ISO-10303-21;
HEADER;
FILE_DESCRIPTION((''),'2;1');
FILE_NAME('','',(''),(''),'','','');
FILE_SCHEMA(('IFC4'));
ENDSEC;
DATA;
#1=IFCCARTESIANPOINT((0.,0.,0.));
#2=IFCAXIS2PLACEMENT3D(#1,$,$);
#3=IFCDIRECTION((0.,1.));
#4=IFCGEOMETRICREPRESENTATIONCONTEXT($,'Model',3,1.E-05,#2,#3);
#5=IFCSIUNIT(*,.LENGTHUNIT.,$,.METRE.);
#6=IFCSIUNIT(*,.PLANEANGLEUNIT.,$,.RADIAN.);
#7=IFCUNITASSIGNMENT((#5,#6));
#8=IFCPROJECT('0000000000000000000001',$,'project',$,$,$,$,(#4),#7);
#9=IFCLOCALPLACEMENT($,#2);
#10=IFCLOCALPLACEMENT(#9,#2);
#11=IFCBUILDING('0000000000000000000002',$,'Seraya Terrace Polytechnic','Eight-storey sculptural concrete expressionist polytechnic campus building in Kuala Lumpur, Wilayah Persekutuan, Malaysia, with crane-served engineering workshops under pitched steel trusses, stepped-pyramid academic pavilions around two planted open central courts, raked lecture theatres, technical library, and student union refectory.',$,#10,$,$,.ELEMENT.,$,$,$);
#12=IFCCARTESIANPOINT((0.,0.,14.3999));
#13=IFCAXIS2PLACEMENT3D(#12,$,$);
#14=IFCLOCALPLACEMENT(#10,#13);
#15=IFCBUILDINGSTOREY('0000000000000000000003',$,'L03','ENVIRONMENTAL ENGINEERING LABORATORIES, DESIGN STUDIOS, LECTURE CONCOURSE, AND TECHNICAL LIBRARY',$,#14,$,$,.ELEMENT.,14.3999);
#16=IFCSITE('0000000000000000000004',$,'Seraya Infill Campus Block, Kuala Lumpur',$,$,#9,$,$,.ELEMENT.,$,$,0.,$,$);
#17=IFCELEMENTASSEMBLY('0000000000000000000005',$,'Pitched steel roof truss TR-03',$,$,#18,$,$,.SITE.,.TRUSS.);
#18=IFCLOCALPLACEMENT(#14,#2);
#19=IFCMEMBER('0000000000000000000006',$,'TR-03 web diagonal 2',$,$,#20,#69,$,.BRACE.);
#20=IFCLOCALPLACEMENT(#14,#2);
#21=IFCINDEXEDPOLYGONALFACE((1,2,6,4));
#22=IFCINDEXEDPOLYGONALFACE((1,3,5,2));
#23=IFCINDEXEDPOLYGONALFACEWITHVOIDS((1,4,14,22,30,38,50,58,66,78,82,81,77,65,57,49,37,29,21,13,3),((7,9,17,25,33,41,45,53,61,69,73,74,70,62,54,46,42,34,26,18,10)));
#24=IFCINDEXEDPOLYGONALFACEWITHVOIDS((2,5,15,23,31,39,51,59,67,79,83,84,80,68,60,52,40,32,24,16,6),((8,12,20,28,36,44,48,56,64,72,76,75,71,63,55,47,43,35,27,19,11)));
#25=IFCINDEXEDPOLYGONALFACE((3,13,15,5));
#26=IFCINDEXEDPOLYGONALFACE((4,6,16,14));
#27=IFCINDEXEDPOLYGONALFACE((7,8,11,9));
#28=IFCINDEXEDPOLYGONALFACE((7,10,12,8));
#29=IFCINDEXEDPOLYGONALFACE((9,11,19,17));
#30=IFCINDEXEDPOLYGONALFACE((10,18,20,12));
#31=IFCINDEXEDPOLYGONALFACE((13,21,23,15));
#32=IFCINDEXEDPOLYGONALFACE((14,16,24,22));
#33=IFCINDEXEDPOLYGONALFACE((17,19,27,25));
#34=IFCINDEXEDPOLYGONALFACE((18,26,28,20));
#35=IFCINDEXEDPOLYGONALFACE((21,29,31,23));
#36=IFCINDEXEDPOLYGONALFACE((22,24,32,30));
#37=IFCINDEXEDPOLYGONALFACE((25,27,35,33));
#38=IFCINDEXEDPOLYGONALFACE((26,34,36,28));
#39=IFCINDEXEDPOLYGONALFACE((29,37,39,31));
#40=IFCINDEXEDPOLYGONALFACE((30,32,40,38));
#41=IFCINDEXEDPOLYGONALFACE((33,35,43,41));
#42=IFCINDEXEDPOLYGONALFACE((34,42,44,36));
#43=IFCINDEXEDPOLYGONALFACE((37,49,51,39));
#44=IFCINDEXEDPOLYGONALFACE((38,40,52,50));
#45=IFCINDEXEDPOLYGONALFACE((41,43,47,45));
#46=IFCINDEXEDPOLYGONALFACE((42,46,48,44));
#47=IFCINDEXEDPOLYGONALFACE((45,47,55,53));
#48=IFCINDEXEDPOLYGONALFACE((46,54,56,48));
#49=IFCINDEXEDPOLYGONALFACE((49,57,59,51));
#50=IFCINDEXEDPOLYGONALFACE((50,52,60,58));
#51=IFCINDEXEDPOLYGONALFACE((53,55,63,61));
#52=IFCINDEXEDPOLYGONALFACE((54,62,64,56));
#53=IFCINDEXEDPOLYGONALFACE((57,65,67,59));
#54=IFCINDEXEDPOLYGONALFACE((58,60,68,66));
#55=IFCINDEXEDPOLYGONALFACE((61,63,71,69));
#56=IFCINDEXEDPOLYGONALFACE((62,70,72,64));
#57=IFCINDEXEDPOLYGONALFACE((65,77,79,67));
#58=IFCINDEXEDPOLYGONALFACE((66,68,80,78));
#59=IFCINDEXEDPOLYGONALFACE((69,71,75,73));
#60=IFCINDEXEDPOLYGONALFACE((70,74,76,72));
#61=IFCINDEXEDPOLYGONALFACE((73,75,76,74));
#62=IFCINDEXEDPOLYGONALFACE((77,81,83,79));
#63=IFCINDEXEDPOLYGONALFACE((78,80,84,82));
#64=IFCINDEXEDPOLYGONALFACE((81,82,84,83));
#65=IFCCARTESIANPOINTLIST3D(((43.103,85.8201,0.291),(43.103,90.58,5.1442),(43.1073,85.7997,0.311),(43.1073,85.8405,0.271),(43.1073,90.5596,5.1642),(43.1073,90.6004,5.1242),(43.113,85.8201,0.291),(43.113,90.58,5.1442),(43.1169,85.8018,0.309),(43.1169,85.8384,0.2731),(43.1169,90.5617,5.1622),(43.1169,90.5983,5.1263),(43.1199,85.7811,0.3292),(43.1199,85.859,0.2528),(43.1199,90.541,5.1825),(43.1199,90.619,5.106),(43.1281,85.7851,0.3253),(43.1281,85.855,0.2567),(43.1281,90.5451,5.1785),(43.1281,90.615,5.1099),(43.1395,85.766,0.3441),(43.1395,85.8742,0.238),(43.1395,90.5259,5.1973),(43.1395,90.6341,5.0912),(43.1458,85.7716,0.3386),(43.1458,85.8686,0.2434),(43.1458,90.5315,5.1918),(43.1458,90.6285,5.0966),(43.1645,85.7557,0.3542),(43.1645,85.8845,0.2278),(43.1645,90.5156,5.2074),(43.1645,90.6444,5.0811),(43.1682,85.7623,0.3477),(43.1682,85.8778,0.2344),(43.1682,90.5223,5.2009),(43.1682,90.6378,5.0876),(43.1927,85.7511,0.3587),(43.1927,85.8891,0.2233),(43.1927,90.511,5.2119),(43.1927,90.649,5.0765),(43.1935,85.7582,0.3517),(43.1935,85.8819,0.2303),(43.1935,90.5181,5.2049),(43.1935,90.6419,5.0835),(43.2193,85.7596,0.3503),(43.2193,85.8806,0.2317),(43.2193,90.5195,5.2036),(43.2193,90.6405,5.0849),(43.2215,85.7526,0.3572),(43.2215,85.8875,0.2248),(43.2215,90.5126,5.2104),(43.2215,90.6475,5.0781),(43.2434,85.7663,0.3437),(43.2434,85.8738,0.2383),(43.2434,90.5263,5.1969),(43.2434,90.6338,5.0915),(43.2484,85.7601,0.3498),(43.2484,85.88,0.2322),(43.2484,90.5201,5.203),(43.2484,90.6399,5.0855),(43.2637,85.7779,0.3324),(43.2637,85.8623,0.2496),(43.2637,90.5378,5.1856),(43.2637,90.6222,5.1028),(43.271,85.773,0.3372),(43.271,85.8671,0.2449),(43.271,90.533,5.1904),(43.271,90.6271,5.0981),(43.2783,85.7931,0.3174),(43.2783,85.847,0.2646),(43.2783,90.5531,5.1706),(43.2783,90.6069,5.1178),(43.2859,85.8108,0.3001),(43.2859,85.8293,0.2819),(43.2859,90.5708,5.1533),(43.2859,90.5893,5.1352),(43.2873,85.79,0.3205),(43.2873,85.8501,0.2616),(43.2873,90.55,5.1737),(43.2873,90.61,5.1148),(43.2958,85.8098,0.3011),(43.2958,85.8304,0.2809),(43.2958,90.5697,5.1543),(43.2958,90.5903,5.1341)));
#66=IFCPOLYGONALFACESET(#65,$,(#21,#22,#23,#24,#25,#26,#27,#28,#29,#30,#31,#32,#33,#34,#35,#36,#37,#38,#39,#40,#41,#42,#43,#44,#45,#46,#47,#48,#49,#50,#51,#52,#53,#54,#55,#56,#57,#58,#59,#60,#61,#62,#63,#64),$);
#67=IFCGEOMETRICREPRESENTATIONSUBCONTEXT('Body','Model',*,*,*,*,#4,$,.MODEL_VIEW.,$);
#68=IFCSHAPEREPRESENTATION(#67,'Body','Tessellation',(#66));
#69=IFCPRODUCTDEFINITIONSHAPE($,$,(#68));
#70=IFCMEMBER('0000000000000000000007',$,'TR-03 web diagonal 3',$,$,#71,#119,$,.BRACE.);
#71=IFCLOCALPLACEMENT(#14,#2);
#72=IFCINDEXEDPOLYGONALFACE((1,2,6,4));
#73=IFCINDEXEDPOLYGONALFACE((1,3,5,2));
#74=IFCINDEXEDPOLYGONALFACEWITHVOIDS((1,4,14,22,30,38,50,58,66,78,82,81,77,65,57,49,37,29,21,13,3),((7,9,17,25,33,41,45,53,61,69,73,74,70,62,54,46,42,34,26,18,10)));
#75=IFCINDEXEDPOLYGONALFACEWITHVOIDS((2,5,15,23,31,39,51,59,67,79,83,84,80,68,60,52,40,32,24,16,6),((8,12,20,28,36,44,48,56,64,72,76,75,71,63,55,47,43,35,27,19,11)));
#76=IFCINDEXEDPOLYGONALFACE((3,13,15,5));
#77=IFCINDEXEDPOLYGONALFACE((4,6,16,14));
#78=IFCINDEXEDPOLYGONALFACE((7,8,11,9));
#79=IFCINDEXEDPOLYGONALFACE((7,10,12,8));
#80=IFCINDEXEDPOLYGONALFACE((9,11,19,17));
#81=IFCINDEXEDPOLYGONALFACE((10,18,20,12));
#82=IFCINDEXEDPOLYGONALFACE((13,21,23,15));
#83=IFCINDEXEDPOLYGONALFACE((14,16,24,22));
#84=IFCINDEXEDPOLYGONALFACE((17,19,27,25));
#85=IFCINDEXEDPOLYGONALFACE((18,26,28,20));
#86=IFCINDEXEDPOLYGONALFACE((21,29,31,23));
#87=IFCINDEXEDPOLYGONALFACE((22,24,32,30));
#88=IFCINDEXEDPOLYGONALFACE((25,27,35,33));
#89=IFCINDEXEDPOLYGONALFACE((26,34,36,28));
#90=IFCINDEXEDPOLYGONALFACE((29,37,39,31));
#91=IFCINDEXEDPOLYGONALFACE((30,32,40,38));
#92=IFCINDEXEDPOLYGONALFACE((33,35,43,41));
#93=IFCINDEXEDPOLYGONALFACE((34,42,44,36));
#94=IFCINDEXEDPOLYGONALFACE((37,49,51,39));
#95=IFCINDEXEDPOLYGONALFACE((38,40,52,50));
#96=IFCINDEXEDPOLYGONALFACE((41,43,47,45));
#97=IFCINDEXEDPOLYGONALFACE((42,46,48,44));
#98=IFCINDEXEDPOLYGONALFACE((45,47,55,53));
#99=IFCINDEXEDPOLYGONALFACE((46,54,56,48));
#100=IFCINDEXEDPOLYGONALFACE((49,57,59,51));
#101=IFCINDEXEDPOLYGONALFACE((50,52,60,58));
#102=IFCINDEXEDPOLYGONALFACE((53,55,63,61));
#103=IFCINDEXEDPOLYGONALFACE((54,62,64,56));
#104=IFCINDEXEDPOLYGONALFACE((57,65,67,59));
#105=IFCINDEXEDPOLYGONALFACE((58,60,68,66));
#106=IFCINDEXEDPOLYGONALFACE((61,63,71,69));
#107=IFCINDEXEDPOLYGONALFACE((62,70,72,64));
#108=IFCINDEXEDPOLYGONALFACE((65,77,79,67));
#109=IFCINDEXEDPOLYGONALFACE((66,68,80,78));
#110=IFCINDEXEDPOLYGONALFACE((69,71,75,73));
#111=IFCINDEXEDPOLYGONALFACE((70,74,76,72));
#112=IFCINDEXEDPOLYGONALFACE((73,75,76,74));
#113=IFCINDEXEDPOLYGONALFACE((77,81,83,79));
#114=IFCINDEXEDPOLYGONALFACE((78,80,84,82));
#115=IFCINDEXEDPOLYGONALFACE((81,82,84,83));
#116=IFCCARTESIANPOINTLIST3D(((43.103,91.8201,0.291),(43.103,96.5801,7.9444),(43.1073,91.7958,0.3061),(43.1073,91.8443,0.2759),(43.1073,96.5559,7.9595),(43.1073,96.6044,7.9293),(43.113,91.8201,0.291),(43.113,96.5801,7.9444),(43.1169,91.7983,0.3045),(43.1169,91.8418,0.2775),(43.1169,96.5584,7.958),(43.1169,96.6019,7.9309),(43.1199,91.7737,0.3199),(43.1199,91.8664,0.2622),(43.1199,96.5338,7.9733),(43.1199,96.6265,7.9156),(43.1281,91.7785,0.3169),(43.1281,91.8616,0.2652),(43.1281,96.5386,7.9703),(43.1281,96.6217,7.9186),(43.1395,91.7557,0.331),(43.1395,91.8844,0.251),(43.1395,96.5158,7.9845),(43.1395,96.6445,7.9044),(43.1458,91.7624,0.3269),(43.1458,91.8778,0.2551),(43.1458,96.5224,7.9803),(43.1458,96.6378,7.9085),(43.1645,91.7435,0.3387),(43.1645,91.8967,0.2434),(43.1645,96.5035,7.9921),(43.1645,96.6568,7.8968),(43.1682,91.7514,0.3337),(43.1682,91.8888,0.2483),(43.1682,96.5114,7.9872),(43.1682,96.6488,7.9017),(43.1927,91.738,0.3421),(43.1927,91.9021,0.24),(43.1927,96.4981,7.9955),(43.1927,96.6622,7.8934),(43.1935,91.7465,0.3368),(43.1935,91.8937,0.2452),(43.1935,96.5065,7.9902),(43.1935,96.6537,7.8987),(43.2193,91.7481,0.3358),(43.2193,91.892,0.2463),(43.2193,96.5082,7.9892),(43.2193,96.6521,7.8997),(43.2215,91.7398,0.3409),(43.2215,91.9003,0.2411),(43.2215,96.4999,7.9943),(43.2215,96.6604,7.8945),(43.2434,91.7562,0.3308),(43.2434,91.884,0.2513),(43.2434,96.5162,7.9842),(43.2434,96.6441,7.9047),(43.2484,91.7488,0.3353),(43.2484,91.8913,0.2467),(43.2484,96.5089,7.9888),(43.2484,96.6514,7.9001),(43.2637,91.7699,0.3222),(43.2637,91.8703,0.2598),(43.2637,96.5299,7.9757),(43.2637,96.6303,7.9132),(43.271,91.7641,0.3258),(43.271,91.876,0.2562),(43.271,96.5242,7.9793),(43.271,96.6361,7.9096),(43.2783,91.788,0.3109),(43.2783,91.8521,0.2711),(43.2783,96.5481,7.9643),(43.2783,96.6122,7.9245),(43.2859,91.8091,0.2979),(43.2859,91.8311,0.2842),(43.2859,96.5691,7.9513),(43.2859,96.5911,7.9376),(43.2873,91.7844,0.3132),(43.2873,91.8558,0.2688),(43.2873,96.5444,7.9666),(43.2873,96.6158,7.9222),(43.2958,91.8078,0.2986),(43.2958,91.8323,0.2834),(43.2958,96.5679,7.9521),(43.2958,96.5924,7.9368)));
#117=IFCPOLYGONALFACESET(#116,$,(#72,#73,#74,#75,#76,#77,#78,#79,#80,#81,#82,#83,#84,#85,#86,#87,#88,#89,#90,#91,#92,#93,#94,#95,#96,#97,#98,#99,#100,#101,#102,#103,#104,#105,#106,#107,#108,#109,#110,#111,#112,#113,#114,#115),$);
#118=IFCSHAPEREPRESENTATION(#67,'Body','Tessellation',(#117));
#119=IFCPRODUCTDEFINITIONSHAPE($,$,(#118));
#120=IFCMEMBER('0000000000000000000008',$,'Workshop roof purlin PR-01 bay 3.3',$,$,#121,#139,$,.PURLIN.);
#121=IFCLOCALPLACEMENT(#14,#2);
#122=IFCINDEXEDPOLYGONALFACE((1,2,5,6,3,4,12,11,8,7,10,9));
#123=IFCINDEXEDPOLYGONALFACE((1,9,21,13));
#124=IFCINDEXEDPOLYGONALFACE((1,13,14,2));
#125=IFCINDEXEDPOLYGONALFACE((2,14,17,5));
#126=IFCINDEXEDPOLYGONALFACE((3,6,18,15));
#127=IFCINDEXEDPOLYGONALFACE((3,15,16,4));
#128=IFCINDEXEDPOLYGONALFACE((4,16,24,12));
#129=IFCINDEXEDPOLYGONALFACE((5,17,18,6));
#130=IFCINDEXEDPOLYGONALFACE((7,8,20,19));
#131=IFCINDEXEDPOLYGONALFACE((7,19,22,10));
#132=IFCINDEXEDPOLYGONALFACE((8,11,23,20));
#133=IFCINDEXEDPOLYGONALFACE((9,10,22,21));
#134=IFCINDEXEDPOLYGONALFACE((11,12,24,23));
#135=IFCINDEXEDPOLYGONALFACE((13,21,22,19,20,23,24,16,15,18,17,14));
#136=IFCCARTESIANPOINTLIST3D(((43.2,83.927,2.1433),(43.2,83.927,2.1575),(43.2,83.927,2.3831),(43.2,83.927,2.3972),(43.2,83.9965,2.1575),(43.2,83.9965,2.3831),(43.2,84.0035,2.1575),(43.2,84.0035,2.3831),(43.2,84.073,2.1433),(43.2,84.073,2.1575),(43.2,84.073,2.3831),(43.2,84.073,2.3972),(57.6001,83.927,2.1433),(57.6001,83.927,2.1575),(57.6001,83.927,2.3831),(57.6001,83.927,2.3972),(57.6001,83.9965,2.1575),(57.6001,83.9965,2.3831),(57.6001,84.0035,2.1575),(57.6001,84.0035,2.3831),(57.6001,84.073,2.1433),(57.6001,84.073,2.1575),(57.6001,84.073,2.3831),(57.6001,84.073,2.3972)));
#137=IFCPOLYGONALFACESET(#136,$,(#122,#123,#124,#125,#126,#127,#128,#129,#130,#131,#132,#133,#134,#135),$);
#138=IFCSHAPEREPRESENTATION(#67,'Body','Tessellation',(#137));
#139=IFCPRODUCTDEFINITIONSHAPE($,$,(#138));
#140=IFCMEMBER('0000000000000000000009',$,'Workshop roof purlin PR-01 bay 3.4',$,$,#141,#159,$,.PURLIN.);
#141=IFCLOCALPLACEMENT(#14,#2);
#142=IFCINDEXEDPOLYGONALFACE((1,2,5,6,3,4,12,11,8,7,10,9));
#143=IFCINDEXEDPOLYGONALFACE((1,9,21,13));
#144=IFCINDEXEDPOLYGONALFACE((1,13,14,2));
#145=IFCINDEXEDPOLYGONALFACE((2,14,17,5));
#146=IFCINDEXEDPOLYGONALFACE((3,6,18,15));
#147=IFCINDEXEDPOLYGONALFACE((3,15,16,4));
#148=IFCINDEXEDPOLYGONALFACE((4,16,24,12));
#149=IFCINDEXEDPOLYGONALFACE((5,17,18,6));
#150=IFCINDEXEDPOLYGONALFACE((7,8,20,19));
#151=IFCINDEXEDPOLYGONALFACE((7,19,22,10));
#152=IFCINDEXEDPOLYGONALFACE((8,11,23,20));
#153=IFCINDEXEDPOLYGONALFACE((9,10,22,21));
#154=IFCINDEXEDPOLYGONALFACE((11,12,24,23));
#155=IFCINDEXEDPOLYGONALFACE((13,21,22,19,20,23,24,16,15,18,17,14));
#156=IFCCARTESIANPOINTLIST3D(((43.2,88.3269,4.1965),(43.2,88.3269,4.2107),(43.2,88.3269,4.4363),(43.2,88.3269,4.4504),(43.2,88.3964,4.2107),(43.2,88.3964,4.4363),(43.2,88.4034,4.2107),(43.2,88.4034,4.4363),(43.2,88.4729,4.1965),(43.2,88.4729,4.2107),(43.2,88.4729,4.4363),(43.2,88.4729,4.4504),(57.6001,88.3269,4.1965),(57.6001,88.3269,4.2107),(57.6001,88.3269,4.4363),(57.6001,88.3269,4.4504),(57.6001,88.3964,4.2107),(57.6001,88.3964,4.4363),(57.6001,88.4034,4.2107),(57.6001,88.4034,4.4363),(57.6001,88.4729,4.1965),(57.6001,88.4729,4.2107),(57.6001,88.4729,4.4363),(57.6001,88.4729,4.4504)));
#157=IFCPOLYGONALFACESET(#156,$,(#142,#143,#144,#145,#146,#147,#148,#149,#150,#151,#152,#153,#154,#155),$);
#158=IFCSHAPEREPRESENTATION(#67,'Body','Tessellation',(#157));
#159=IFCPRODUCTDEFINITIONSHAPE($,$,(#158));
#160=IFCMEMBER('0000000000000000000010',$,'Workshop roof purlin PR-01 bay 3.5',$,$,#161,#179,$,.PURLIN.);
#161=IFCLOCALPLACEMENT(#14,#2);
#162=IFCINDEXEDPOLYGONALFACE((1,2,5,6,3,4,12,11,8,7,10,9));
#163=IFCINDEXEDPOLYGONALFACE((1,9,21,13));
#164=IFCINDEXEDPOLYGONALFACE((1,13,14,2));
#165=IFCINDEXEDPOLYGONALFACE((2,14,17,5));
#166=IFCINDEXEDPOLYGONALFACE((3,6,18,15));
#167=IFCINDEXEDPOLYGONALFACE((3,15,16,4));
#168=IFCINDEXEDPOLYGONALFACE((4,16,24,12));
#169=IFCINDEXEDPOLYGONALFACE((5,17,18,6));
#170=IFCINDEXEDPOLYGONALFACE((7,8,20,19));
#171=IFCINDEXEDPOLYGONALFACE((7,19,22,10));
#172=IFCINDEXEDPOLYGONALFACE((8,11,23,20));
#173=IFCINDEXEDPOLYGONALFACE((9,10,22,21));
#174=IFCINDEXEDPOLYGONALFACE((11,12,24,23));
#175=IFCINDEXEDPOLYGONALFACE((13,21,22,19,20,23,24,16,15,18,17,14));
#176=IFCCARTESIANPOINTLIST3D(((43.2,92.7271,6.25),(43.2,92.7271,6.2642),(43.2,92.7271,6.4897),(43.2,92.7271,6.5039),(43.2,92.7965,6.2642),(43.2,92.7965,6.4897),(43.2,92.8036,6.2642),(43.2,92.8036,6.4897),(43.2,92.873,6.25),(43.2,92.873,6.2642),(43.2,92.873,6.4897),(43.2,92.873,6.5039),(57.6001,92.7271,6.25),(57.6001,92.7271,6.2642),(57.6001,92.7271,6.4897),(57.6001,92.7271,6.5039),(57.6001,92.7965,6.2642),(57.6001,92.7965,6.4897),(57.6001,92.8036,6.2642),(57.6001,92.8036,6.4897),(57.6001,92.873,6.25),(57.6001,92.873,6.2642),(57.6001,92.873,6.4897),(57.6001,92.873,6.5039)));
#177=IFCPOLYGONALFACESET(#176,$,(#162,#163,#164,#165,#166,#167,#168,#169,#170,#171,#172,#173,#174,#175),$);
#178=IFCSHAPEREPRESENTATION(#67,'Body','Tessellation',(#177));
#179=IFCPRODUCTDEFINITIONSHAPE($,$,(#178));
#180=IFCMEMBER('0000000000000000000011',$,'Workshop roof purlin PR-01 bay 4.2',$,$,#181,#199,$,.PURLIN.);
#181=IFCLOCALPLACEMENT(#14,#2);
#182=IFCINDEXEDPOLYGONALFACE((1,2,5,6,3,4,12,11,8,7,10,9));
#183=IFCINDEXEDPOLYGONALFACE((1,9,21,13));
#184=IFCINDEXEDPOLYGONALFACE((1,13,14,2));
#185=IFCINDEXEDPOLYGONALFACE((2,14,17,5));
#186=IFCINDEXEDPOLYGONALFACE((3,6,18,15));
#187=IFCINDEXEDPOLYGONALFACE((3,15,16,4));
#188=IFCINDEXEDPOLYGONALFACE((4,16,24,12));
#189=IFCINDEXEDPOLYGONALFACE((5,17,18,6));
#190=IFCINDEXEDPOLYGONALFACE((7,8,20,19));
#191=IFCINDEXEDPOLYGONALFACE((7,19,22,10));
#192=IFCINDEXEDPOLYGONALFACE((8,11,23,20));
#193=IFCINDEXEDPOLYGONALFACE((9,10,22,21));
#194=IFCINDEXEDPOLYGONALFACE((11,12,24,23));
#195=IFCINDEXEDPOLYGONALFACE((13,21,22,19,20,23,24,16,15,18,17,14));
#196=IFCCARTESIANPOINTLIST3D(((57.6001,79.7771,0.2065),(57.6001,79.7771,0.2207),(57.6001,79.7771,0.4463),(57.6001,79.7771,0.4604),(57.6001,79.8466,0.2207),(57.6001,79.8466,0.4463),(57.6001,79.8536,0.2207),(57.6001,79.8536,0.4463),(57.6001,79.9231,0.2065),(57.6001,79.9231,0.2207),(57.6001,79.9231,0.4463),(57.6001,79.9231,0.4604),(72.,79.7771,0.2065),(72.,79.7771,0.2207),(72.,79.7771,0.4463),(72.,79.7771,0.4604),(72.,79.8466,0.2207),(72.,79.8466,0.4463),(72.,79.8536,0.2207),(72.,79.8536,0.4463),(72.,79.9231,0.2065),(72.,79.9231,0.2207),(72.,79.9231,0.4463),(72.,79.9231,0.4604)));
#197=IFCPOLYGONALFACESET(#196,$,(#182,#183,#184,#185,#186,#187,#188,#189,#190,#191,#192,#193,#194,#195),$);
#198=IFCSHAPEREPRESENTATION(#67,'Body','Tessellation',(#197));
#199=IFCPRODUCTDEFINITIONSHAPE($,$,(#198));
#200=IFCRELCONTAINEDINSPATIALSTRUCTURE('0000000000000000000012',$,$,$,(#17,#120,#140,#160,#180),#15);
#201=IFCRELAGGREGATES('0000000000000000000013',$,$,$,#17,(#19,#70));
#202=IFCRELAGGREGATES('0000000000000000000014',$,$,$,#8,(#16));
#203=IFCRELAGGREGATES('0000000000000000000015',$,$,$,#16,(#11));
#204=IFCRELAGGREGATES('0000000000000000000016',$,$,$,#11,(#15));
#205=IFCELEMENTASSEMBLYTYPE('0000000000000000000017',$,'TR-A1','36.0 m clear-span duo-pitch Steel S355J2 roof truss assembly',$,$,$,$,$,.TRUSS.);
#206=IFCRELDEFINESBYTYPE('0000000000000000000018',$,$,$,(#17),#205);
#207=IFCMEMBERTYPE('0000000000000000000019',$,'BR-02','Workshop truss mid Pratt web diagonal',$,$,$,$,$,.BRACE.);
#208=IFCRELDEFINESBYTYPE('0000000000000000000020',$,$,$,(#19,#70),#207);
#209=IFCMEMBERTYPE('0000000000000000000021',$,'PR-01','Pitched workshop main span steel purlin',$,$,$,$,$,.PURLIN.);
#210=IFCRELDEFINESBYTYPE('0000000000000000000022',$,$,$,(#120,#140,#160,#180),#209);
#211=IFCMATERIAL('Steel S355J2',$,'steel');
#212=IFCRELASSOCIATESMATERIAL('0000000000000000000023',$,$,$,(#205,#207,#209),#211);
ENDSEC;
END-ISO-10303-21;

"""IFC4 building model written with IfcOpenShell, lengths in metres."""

from ifc_helpers import new_model, si_unit, direction, frame, origin, origin_2d, place, context, subcontext, project, spatial, hollow_circle, i_section, extrude, material, material_profile, profile_set, type_object, element, aggregate, save


model = new_model("IFC4")

# Units and contexts
model_context = context("Model", 3, precision=1e-05, world=origin(), true_north=direction((0.0, 1.0)))
body_context = subcontext(model_context, "Body", "Model", "MODEL_VIEW")
ifc_project = project(units=[si_unit("LENGTHUNIT", "METRE"), si_unit("PLANEANGLEUNIT", "RADIAN")], contexts=[model_context])

# Site, building, storey
site_placement = place(None, origin())
site = spatial("IfcSite", under=ifc_project, at=site_placement, Name="Seraya Infill Campus Block, Kuala Lumpur", CompositionType="ELEMENT", RefElevation=0.0)
building_placement = place(site_placement, origin())
building = spatial("IfcBuilding", under=site, at=building_placement, Name="Seraya Terrace Polytechnic", Description="Eight-storey sculptural concrete expressionist polytechnic campus building in Kuala Lumpur, Wilayah Persekutuan, Malaysia, with crane-served engineering workshops under pitched steel trusses, stepped-pyramid academic pavilions around two planted open central courts, raked lecture theatres, technical library, and student union refectory.", CompositionType="ELEMENT")
storey_placement = place(building_placement, frame((0.0, 0.0, 14.3999)))
storey = spatial("IfcBuildingStorey", under=building, at=storey_placement, Name="L03", Description="ENVIRONMENTAL ENGINEERING LABORATORIES, DESIGN STUDIOS, LECTURE CONCOURSE, AND TECHNICAL LIBRARY", CompositionType="ELEMENT", Elevation=14.3999)

# Shared definitions
ifc_material_1 = material(Name="Steel S355J2", Category="steel")
element_assembly_type = type_object("IfcElementAssemblyType", Name="TR-A1", Description="36.0 m clear-span duo-pitch Steel S355J2 roof truss assembly", PredefinedType="TRUSS", material=ifc_material_1)

# Element assembly
assembly_1_placement = place(storey_placement, origin())
assembly_1 = element("IfcElementAssembly", 1, at=assembly_1_placement, inside=storey, type_object=element_assembly_type, Name="Pitched steel roof truss TR-03", AssemblyPlace="SITE", PredefinedType="TRUSS")

# Members
ifc_material_profile_1 = material_profile(ifc_material_1, hollow_circle(Radius=0.0969, WallThickness=0.01, at=origin_2d()), Name="CHS 193.7x10.0")
ifc_profile_set_1 = profile_set([ifc_material_profile_1], Name="Steel S355J2")
member_type_1 = type_object("IfcMemberType", Name="BR-02", Description="Workshop truss mid Pratt web diagonal", PredefinedType="BRACE", material=ifc_profile_set_1)
member_1_placement = place(storey_placement, frame((43.2, 85.8201, 0.291), z_axis=(0.0, 0.700214, 0.713933), x_axis=(-1.0, 0.0, 0.0)))
member_1 = element("IfcMember", 2, at=member_1_placement, type_object=member_type_1, Name="TR-03 web diagonal 2", PredefinedType="BRACE", context=body_context, shape_type="SweptSolid", body=[
    extrude(hollow_circle(Radius=0.0969, WallThickness=0.01, at=origin_2d()), origin(), (0.0, 0.0, 1.0), 6.7979),
])
member_2_placement = place(storey_placement, frame((43.2, 91.8201, 0.291), z_axis=(0.0, 0.528137, 0.849159), x_axis=(-1.0, 0.0, 0.0)))
member_2 = element("IfcMember", 3, at=member_2_placement, type_object=member_type_1, Name="TR-03 web diagonal 3", PredefinedType="BRACE", context=body_context, shape_type="SweptSolid", body=[
    extrude(hollow_circle(Radius=0.0969, WallThickness=0.01, at=origin_2d()), origin(), (0.0, 0.0, 1.0), 9.0129),
])

# Members
ifc_material_profile_2 = material_profile(ifc_material_1, i_section(OverallWidth=0.146, OverallDepth=0.2539, WebThickness=0.0071, FlangeThickness=0.0142, at=origin_2d()), Name="UKB 254x146x7.2x14.2")
ifc_profile_set_2 = profile_set([ifc_material_profile_2], Name="Steel S355J2")
member_type_2 = type_object("IfcMemberType", Name="PR-01", Description="Pitched workshop main span steel purlin", PredefinedType="PURLIN", material=ifc_profile_set_2)
for number, where, z_axis, x_axis, name in (
    (4, (43.2, 84.0, 2.2703), (1.0, 0.0, 0.0), (0.0, 1.0, 0.0), "Workshop roof purlin PR-01 bay 3.3"),
    (5, (43.2, 88.3999, 4.3235), (1.0, 0.0, 0.0), (0.0, 1.0, 0.0), "Workshop roof purlin PR-01 bay 3.4"),
    (6, (43.2, 92.8, 6.377), (1.0, 0.0, 0.0), (0.0, 1.0, 0.0), "Workshop roof purlin PR-01 bay 3.5"),
):
    element("IfcMember", number, at=place(storey_placement, frame(where, z_axis=z_axis, x_axis=x_axis)), inside=storey, type_object=member_type_2, Name=name, PredefinedType="PURLIN", context=body_context, shape_type="SweptSolid", body=[
        extrude(i_section(OverallWidth=0.146, OverallDepth=0.2539, WebThickness=0.0071, FlangeThickness=0.0142, at=origin_2d()), origin(), (0.0, 0.0, 1.0), 14.4001),
    ])
for number, where, z_axis, x_axis, name in (
    (7, (57.6001, 79.8501, 0.3335), (1.0, 0.0, 0.0), (0.0, 1.0, 0.0), "Workshop roof purlin PR-01 bay 4.2"),
):
    element("IfcMember", number, at=place(storey_placement, frame(where, z_axis=z_axis, x_axis=x_axis)), inside=storey, type_object=member_type_2, Name=name, PredefinedType="PURLIN", context=body_context, shape_type="SweptSolid", body=[
        extrude(i_section(OverallWidth=0.146, OverallDepth=0.2539, WebThickness=0.0071, FlangeThickness=0.0142, at=origin_2d()), origin(), (0.0, 0.0, 1.0), 14.3999),
    ])

aggregate(assembly_1, [member_1, member_2])

save(model, "model.ifc")
